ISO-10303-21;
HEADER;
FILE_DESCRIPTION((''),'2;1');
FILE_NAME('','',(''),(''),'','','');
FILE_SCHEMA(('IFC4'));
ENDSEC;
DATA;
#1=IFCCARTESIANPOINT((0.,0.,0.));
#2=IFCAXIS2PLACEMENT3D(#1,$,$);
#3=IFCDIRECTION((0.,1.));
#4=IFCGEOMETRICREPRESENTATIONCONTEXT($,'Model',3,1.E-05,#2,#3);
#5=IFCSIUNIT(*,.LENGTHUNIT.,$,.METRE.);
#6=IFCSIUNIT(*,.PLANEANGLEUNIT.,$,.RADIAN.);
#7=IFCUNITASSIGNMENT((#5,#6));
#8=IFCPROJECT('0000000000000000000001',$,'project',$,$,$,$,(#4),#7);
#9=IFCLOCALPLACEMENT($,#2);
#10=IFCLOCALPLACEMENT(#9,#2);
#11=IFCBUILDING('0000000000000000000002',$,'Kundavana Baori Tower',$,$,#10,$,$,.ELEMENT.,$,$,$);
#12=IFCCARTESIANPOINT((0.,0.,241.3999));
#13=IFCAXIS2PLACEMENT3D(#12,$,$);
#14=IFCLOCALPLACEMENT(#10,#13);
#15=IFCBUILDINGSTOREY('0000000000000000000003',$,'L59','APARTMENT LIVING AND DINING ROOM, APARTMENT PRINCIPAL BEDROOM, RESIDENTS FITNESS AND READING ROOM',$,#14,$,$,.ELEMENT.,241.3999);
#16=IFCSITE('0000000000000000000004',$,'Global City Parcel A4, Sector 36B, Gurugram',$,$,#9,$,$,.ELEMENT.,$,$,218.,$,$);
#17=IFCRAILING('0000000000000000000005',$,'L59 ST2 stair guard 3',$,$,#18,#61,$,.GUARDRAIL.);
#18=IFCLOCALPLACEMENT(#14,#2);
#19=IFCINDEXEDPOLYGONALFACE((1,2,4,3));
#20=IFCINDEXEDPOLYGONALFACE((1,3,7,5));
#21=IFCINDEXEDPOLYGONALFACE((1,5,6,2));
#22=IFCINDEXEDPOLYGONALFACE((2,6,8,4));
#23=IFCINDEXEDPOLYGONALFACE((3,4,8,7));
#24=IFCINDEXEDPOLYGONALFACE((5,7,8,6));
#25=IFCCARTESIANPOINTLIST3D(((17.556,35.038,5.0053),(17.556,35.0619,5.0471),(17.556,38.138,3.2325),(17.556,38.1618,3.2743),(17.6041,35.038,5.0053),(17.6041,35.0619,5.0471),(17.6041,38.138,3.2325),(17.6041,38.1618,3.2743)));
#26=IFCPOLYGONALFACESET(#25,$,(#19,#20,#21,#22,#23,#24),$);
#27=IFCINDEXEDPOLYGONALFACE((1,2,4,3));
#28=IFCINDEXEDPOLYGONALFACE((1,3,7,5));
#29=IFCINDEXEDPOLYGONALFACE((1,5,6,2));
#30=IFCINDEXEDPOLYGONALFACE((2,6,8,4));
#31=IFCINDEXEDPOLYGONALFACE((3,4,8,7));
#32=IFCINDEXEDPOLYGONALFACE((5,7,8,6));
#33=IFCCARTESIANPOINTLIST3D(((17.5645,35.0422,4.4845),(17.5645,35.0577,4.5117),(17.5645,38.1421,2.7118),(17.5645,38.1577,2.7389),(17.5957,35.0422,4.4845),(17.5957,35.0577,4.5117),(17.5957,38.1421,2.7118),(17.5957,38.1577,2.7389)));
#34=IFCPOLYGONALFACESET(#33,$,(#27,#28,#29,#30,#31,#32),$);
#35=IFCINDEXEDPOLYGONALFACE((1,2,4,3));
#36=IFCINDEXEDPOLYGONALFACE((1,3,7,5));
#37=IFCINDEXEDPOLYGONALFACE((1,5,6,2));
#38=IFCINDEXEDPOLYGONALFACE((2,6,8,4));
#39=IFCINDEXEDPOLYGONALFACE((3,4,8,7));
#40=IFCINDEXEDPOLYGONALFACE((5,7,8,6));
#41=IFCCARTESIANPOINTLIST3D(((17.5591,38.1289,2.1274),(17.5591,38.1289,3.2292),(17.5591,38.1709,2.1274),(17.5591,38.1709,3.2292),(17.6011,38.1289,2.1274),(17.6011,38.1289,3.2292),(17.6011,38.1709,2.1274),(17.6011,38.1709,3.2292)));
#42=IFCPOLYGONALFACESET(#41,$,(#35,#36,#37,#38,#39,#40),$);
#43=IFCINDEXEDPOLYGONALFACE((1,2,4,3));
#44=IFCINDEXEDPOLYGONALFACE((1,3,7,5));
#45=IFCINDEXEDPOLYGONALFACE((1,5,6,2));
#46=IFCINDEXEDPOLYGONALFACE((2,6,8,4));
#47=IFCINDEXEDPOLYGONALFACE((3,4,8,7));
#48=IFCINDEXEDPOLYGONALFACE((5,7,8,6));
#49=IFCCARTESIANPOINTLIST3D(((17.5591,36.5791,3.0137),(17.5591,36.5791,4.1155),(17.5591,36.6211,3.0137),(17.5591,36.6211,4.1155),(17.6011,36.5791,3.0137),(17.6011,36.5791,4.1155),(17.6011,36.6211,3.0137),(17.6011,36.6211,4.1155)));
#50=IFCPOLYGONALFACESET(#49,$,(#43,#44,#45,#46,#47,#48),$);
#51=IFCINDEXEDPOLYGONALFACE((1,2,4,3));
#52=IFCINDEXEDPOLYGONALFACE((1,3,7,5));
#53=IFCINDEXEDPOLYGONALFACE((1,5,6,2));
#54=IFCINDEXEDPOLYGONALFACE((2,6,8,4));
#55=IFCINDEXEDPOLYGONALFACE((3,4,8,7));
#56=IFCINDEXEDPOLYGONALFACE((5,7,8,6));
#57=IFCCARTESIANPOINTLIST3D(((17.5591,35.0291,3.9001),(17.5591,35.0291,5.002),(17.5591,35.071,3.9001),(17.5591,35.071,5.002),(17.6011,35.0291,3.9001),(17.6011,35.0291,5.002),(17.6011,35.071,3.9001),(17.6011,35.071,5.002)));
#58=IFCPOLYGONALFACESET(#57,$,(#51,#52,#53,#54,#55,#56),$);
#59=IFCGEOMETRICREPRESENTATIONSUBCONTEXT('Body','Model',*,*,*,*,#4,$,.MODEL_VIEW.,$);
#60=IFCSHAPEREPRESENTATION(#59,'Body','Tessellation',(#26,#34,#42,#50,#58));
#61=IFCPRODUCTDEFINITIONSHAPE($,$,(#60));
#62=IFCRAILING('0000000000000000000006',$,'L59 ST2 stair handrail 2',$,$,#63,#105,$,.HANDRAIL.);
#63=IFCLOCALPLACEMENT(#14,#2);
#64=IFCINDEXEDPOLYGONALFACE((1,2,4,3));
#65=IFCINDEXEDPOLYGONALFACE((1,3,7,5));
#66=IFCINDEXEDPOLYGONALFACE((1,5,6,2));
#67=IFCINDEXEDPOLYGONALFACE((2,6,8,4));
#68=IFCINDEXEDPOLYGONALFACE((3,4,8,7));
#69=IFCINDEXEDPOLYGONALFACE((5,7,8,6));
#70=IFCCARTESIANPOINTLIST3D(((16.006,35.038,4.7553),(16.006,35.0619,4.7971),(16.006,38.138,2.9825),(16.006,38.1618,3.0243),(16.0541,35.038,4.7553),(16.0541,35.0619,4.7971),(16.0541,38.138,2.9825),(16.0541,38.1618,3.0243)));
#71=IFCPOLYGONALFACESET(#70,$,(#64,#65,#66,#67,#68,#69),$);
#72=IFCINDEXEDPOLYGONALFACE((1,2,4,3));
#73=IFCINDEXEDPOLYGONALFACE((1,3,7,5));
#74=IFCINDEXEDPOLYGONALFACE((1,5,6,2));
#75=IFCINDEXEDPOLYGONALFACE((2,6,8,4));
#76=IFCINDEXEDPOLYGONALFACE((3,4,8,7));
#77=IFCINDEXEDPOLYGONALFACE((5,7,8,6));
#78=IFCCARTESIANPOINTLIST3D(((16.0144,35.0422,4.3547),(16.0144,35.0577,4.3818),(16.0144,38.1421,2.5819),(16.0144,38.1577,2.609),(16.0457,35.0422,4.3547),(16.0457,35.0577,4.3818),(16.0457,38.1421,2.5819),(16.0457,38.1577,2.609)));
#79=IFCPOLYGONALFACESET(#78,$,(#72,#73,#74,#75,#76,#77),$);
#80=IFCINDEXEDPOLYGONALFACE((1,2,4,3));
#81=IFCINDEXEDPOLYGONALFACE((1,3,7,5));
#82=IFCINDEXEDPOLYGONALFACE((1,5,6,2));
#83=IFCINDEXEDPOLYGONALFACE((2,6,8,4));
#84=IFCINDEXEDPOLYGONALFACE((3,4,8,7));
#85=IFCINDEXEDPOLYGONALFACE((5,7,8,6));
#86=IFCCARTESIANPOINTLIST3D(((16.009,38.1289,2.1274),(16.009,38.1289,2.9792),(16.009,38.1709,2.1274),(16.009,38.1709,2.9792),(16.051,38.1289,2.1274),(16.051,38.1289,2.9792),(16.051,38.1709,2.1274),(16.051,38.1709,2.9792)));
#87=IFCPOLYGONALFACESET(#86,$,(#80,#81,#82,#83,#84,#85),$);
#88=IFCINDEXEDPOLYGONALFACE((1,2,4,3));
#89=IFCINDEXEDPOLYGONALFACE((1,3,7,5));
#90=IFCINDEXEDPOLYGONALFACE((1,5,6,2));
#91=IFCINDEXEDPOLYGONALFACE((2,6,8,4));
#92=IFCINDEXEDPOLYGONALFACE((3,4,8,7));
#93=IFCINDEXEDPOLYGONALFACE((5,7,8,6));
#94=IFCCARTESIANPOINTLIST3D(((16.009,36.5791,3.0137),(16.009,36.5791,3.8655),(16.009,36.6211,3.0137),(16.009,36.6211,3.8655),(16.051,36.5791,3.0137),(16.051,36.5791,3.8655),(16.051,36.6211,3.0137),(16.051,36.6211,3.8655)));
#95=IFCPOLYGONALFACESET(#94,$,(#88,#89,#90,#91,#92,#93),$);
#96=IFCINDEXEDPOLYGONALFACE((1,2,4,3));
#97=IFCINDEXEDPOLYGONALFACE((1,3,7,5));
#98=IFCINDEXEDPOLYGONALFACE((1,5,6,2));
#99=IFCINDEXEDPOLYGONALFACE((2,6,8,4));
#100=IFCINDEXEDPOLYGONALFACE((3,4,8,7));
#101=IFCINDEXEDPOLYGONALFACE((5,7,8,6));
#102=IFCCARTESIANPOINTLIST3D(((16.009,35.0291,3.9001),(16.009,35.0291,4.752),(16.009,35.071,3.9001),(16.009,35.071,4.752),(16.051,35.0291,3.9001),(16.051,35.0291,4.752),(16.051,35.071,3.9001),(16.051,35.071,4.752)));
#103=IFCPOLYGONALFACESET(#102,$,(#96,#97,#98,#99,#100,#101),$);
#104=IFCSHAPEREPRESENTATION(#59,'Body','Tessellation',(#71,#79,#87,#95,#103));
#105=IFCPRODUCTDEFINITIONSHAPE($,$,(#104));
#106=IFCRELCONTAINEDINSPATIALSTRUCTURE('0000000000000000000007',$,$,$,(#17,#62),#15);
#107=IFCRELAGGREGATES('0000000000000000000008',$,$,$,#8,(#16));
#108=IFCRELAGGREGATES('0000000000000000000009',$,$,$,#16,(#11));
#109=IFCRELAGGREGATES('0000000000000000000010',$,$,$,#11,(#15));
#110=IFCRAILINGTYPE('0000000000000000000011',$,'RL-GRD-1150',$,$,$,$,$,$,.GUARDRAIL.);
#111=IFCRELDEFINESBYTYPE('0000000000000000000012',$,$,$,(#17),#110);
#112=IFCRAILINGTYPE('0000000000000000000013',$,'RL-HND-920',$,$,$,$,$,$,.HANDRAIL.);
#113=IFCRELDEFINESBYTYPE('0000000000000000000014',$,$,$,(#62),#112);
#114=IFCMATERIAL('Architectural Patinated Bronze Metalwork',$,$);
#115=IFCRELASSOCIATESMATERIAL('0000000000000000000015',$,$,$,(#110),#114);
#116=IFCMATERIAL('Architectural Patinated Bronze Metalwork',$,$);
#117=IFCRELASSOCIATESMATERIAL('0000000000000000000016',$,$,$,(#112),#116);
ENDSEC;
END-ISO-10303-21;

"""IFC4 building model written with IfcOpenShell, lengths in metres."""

from ifc_helpers import new_model, si_unit, direction, frame, origin, origin_2d, place, context, subcontext, project, spatial, rectangle, extrude, material, type_object, element, save


model = new_model("IFC4")

# Units and contexts
model_context = context("Model", 3, precision=1e-05, world=origin(), true_north=direction((0.0, 1.0)))
body_context = subcontext(model_context, "Body", "Model", "MODEL_VIEW")
ifc_project = project(units=[si_unit("LENGTHUNIT", "METRE"), si_unit("PLANEANGLEUNIT", "RADIAN")], contexts=[model_context])

# Site, building, storey
site_placement = place(None, origin())
site = spatial("IfcSite", under=ifc_project, at=site_placement, Name="Global City Parcel A4, Sector 36B, Gurugram", CompositionType="ELEMENT", RefElevation=218.0)
building_placement = place(site_placement, origin())
building = spatial("IfcBuilding", under=site, at=building_placement, Name="Kundavana Baori Tower", CompositionType="ELEMENT")
storey_placement = place(building_placement, frame((0.0, 0.0, 241.3999)))
storey = spatial("IfcBuildingStorey", under=building, at=storey_placement, Name="L59", Description="APARTMENT LIVING AND DINING ROOM, APARTMENT PRINCIPAL BEDROOM, RESIDENTS FITNESS AND READING ROOM", CompositionType="ELEMENT", Elevation=241.3999)

# Railings
ifc_material_1 = material(Name="Architectural Patinated Bronze Metalwork")
railing_type_1 = type_object("IfcRailingType", Name="RL-GRD-1150", PredefinedType="GUARDRAIL", material=ifc_material_1)
railing_1_placement = place(storey_placement, frame((17.5801, 38.1499, 2.1274)))
element("IfcRailing", 1, at=railing_1_placement, inside=storey, type_object=railing_type_1, Name="L59 ST2 stair guard 3", PredefinedType="GUARDRAIL", context=body_context, shape_type="SweptSolid", body=[
    extrude(rectangle(XDim=0.0481, YDim=0.0481, at=origin_2d()), frame((0.0, 0.0, 1.126), z_axis=(0.0, -0.868079, 0.496426), x_axis=(1.0, 0.0, 0.0)), (0.0, 0.0, 1.0), 3.571),
    extrude(rectangle(XDim=0.0312, YDim=0.0312, at=origin_2d()), frame((0.0, 0.0, 0.5979), z_axis=(0.0, -0.868079, 0.496426), x_axis=(1.0, 0.0, 0.0)), (0.0, 0.0, 1.0), 3.571),
    extrude(rectangle(XDim=0.042, YDim=0.042, at=origin_2d()), origin(), (0.0, 0.0, 1.0), 1.1018),
    extrude(rectangle(XDim=0.042, YDim=0.042, at=origin_2d()), frame((0.0, -1.5498, 0.8862)), (0.0, 0.0, 1.0), 1.1018),
    extrude(rectangle(XDim=0.042, YDim=0.042, at=origin_2d()), frame((0.0, -3.0999, 1.7727)), (0.0, 0.0, 1.0), 1.1018),
])
ifc_material_2 = material(Name="Architectural Patinated Bronze Metalwork")
railing_type_2 = type_object("IfcRailingType", Name="RL-HND-920", PredefinedType="HANDRAIL", material=ifc_material_2)
railing_2_placement = place(storey_placement, frame((16.03, 38.1499, 2.1274)))
element("IfcRailing", 2, at=railing_2_placement, inside=storey, type_object=railing_type_2, Name="L59 ST2 stair handrail 2", PredefinedType="HANDRAIL", context=body_context, shape_type="SweptSolid", body=[
    extrude(rectangle(XDim=0.0481, YDim=0.0481, at=origin_2d()), frame((0.0, 0.0, 0.876), z_axis=(0.0, -0.868079, 0.496426), x_axis=(1.0, 0.0, 0.0)), (0.0, 0.0, 1.0), 3.571),
    extrude(rectangle(XDim=0.0312, YDim=0.0312, at=origin_2d()), frame((0.0, 0.0, 0.468), z_axis=(0.0, -0.868079, 0.496426), x_axis=(1.0, 0.0, 0.0)), (0.0, 0.0, 1.0), 3.571),
    extrude(rectangle(XDim=0.042, YDim=0.042, at=origin_2d()), origin(), (0.0, 0.0, 1.0), 0.8518),
    extrude(rectangle(XDim=0.042, YDim=0.042, at=origin_2d()), frame((0.0, -1.5498, 0.8862)), (0.0, 0.0, 1.0), 0.8518),
    extrude(rectangle(XDim=0.042, YDim=0.042, at=origin_2d()), frame((0.0, -3.0999, 1.7727)), (0.0, 0.0, 1.0), 0.8518),
])

save(model, "model.ifc")
